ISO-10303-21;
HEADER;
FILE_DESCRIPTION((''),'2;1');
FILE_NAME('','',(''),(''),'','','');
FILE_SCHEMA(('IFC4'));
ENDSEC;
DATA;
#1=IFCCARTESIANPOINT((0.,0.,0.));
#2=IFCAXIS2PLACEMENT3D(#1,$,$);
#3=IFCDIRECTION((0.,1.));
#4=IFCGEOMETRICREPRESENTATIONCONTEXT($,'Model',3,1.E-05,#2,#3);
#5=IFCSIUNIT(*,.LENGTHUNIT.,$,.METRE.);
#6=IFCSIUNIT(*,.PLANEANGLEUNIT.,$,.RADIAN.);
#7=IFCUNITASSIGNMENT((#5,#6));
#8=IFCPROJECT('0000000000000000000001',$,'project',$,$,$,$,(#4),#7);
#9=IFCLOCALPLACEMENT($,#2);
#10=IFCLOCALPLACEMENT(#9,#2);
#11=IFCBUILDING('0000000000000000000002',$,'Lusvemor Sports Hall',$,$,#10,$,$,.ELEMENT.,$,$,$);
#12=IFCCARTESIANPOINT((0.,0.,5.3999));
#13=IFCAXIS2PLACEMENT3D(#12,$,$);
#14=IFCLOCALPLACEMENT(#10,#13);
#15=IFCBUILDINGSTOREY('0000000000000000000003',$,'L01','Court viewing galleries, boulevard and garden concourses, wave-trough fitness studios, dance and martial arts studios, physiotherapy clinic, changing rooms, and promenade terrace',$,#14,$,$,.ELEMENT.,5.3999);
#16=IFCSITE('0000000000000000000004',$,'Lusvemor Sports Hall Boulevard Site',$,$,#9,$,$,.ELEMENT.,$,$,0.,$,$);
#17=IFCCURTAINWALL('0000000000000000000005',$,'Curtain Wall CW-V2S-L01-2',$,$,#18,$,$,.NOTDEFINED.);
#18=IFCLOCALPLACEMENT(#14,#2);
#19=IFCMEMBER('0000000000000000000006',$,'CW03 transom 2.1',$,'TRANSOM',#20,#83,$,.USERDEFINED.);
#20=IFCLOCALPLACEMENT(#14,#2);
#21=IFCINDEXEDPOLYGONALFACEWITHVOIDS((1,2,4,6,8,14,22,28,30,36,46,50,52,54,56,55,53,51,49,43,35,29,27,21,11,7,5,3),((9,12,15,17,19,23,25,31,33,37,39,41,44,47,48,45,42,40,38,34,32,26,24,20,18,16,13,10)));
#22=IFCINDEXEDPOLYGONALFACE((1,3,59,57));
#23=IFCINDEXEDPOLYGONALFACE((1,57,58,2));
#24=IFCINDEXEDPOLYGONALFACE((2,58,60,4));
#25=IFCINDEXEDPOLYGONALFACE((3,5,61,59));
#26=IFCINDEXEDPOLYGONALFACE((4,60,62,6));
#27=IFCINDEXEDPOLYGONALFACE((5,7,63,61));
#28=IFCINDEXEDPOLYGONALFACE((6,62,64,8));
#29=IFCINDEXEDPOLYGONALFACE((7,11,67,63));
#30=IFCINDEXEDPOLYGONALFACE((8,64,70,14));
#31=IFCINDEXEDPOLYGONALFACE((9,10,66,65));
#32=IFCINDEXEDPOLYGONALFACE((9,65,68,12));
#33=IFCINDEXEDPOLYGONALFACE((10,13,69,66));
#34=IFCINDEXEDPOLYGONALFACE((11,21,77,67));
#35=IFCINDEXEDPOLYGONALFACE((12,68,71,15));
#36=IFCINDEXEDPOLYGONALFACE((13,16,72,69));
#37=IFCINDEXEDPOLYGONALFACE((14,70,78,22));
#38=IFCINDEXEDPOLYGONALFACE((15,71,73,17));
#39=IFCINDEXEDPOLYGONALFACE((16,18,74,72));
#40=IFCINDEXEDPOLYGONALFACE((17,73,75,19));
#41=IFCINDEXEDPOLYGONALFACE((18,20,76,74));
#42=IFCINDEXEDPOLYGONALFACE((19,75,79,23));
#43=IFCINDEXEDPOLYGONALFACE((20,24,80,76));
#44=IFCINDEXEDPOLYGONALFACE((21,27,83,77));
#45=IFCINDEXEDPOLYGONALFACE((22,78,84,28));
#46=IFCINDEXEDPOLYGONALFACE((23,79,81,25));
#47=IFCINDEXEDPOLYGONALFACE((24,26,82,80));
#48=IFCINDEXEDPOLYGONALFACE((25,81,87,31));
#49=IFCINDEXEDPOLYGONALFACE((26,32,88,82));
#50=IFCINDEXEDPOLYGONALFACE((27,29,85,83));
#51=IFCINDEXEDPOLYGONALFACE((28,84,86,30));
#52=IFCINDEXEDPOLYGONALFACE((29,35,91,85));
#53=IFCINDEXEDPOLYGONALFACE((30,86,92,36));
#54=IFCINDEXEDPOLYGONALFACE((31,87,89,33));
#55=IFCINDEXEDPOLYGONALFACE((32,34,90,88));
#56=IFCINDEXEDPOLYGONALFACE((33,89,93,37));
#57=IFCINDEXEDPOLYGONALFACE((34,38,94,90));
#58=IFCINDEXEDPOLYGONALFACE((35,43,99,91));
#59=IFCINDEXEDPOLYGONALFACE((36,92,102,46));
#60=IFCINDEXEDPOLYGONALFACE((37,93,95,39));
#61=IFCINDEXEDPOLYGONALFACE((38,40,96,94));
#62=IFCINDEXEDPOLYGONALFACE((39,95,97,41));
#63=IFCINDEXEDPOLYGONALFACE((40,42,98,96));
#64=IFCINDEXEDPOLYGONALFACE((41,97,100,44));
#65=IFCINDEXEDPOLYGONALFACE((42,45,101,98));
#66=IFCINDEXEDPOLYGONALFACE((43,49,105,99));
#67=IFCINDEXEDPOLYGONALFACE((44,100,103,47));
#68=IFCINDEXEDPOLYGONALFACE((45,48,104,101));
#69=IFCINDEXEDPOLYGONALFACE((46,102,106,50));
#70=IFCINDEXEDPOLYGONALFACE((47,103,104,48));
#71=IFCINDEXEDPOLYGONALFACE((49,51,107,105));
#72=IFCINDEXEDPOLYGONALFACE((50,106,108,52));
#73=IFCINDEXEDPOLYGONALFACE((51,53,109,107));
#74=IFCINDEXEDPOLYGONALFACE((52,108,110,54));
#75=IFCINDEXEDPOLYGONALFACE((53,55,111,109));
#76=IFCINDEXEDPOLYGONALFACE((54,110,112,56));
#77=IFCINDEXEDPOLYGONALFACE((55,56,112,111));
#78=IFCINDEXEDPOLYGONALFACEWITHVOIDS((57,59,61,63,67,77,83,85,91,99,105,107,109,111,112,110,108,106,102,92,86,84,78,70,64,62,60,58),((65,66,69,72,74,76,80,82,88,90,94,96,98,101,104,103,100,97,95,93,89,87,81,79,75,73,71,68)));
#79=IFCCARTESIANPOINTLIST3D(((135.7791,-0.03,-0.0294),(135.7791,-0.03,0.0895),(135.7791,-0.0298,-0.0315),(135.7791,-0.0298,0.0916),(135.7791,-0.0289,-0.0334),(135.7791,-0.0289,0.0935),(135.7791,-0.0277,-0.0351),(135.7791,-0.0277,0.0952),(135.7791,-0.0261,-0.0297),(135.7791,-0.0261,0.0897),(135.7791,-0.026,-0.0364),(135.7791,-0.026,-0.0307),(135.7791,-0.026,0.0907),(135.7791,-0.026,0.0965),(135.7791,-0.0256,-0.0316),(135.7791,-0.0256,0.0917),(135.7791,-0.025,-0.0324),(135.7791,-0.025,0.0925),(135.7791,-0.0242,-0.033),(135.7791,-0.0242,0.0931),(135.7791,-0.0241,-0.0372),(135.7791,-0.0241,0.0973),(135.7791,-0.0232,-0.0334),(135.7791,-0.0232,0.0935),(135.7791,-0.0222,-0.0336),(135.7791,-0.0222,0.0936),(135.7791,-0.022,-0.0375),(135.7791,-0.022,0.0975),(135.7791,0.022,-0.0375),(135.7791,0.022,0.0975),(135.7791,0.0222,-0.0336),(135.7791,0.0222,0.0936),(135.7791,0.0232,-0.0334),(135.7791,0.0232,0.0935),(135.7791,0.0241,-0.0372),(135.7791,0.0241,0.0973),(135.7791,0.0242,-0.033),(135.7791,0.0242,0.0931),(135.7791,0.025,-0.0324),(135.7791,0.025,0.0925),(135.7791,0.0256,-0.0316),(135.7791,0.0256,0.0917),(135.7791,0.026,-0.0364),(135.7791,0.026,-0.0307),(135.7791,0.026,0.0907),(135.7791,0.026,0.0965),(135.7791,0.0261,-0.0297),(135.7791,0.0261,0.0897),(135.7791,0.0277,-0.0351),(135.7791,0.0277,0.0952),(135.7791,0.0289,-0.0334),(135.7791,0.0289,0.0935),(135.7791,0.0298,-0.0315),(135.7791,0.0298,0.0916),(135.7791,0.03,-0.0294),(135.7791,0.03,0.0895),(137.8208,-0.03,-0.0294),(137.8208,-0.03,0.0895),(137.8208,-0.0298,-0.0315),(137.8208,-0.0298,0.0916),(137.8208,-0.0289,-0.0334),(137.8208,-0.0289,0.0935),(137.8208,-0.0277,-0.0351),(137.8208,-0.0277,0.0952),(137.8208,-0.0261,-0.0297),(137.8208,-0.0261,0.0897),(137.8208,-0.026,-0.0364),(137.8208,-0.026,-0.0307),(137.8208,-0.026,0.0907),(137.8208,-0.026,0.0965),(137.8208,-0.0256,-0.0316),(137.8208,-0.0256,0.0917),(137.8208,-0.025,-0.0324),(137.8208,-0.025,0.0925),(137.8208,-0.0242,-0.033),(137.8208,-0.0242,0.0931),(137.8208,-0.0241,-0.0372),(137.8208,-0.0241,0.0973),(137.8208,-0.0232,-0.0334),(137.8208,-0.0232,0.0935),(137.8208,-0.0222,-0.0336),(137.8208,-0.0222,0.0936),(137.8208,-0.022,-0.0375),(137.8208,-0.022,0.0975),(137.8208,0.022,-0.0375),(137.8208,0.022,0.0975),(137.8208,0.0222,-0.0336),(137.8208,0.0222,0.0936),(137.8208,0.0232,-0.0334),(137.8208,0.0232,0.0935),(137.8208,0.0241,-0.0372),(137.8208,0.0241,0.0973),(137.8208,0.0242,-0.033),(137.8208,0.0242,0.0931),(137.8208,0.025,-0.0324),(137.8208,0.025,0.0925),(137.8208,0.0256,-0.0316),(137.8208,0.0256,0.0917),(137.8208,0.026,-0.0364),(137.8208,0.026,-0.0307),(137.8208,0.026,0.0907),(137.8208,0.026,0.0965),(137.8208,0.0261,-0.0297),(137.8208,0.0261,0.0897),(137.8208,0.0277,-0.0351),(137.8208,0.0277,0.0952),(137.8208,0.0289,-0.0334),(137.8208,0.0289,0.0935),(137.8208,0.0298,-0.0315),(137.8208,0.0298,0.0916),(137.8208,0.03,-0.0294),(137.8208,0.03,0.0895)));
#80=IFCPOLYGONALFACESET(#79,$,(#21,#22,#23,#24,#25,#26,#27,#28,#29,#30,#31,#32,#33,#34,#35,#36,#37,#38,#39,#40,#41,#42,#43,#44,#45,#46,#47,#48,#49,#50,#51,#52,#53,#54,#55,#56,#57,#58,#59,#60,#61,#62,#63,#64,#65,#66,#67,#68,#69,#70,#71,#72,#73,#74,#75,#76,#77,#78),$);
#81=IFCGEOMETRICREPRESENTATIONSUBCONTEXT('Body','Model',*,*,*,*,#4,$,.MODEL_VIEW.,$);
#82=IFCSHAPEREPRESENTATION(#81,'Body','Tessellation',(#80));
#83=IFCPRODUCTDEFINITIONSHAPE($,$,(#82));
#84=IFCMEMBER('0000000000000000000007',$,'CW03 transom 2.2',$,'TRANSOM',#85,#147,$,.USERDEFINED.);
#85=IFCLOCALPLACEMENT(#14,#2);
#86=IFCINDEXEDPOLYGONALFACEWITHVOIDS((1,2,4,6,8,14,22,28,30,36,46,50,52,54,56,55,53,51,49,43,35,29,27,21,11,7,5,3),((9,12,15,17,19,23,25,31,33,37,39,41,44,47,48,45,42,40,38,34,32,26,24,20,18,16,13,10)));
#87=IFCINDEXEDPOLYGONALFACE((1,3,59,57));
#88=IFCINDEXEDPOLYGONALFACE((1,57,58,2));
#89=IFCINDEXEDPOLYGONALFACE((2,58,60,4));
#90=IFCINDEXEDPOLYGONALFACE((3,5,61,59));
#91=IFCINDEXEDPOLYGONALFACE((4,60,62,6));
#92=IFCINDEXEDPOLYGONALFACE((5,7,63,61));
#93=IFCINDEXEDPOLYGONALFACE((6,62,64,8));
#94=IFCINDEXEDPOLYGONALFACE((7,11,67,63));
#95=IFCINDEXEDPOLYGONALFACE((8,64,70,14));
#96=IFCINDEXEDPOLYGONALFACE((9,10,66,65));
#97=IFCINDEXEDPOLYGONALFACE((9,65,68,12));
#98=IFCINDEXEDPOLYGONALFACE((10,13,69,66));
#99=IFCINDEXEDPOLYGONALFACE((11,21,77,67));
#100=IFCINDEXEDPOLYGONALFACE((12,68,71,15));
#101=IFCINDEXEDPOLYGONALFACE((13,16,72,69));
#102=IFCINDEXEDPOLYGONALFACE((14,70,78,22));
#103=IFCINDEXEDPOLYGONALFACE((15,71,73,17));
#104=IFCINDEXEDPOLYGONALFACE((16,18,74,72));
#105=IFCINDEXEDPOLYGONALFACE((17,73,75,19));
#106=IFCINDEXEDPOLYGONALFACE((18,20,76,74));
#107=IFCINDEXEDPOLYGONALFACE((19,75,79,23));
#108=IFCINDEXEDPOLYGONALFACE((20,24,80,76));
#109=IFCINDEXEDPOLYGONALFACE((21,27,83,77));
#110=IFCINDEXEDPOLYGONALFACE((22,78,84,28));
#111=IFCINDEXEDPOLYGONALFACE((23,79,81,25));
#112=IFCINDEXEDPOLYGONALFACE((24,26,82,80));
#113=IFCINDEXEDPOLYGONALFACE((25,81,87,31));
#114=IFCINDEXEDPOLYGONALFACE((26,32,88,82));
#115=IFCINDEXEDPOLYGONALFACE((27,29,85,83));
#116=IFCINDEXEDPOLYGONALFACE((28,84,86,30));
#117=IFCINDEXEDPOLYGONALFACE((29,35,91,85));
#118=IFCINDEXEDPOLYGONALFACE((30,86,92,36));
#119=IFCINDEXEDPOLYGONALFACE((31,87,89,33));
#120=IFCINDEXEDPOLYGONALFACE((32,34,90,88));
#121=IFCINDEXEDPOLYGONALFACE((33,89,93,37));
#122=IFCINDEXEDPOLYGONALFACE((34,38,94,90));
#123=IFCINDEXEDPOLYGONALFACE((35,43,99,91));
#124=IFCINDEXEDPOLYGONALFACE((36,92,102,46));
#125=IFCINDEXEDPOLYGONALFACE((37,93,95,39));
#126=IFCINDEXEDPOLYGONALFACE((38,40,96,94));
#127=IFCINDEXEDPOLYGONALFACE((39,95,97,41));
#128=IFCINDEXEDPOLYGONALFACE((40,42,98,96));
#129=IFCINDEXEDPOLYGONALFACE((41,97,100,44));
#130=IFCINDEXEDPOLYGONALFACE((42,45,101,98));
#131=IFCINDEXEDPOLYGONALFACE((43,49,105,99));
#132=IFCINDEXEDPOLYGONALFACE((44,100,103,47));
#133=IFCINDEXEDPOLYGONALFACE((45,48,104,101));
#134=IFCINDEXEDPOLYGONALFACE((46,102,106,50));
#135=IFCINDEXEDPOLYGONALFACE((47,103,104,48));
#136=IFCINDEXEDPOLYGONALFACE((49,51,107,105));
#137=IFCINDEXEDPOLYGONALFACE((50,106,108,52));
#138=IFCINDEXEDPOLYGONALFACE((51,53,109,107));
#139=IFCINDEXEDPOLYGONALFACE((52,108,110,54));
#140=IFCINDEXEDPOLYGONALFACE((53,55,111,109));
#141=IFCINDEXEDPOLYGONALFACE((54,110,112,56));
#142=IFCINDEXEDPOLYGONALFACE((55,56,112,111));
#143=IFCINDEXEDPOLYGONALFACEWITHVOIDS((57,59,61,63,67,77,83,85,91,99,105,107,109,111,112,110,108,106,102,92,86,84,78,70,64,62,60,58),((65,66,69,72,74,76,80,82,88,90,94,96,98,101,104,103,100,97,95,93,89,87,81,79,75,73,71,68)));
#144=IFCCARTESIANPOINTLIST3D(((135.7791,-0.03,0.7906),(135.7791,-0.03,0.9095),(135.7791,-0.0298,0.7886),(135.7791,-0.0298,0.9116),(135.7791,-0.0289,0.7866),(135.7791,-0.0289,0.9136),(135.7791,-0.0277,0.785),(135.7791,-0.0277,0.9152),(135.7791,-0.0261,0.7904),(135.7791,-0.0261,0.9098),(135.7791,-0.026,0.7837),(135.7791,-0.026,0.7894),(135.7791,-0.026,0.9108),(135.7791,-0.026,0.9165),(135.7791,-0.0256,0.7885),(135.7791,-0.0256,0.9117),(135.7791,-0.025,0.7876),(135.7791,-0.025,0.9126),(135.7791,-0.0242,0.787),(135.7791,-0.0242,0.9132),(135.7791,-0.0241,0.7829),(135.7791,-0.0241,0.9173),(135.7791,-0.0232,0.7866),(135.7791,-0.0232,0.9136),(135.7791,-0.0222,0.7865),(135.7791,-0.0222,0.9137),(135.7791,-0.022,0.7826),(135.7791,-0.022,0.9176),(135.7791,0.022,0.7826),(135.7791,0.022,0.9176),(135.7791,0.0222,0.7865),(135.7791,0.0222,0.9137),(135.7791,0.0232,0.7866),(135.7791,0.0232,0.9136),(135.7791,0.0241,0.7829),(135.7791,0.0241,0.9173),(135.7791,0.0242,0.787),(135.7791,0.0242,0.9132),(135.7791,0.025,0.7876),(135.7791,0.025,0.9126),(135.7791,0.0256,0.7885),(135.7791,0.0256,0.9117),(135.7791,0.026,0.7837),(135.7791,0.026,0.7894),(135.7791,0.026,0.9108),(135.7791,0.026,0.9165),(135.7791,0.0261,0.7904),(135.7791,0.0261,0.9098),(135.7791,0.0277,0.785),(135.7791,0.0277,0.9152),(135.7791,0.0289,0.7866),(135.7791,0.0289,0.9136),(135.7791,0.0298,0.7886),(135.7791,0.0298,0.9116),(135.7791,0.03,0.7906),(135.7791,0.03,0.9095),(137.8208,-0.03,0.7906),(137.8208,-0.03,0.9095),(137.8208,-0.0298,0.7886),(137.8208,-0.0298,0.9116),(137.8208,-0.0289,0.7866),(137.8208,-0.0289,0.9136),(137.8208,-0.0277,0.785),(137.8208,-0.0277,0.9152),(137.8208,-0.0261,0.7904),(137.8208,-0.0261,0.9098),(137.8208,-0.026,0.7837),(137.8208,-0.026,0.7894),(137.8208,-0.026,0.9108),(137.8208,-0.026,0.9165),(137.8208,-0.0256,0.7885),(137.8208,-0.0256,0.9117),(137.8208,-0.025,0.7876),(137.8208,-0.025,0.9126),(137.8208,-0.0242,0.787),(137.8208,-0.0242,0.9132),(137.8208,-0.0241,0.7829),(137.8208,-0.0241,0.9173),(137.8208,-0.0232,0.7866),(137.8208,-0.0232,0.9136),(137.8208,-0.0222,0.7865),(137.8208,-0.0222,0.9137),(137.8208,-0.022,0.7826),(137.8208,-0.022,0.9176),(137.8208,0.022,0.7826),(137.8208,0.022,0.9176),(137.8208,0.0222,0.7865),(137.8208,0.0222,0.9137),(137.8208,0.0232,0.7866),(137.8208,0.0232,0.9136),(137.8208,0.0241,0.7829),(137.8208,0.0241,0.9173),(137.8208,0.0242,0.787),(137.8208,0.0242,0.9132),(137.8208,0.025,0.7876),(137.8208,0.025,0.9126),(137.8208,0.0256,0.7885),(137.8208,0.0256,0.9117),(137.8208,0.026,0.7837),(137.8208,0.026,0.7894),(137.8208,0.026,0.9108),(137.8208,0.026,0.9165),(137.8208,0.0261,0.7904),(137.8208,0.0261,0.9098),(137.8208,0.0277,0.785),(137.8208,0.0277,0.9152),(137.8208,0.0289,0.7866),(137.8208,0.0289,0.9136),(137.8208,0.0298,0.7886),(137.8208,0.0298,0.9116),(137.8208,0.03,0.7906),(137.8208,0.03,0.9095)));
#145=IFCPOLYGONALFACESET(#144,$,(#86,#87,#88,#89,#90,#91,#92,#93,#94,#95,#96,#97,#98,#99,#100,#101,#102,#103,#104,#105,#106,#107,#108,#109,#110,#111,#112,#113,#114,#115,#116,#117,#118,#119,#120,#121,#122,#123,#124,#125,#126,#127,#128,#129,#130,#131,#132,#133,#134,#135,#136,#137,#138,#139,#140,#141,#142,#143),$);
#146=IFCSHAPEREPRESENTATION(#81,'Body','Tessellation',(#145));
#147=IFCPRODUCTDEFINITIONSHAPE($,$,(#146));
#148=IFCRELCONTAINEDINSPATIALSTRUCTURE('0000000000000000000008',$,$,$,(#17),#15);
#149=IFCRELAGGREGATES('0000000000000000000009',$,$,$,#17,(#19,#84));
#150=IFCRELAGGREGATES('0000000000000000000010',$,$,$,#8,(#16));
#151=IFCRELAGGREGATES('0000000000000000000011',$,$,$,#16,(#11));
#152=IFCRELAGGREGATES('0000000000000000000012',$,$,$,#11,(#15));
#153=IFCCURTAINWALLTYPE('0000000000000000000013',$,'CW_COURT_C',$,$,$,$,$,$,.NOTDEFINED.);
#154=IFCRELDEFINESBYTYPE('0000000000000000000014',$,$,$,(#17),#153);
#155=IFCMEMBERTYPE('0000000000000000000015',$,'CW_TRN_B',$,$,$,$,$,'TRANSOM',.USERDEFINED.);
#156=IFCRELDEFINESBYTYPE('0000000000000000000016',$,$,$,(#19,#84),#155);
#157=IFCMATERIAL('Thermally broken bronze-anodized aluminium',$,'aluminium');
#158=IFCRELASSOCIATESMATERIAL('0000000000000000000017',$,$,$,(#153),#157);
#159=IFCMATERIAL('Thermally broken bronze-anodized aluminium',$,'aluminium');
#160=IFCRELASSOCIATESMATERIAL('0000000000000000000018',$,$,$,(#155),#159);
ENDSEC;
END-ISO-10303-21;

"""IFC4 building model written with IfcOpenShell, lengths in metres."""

from ifc_helpers import new_model, si_unit, direction, frame, origin, origin_2d, place, context, subcontext, project, spatial, hollow_rectangle, extrude, material, material_profile, profile_set, type_object, element, aggregate, save


model = new_model("IFC4")

# Units and contexts
model_context = context("Model", 3, precision=1e-05, world=origin(), true_north=direction((0.0, 1.0)))
body_context = subcontext(model_context, "Body", "Model", "MODEL_VIEW")
ifc_project = project(units=[si_unit("LENGTHUNIT", "METRE"), si_unit("PLANEANGLEUNIT", "RADIAN")], contexts=[model_context])

# Site, building, storey
site_placement = place(None, origin())
site = spatial("IfcSite", under=ifc_project, at=site_placement, Name="Lusvemor Sports Hall Boulevard Site", CompositionType="ELEMENT", RefElevation=0.0)
building_placement = place(site_placement, origin())
building = spatial("IfcBuilding", under=site, at=building_placement, Name="Lusvemor Sports Hall", CompositionType="ELEMENT")
storey_placement = place(building_placement, frame((0.0, 0.0, 5.3999)))
storey = spatial("IfcBuildingStorey", under=building, at=storey_placement, Name="L01", Description="Court viewing galleries, boulevard and garden concourses, wave-trough fitness studios, dance and martial arts studios, physiotherapy clinic, changing rooms, and promenade terrace", CompositionType="ELEMENT", Elevation=5.3999)

# Curtain wall, members
ifc_material_1 = material(Name="Thermally broken bronze-anodized aluminium", Category="aluminium")
curtain_wall_type = type_object("IfcCurtainWallType", Name="CW_COURT_C", PredefinedType="NOTDEFINED", material=ifc_material_1)
curtain_wall_placement = place(storey_placement, origin())
curtain_wall = element("IfcCurtainWall", 1, at=curtain_wall_placement, inside=storey, type_object=curtain_wall_type, Name="Curtain Wall CW-V2S-L01-2", PredefinedType="NOTDEFINED")
ifc_material_2 = material(Name="Thermally broken bronze-anodized aluminium", Category="aluminium")
ifc_material_profile_1 = material_profile(ifc_material_2, hollow_rectangle(XDim=0.0601, YDim=0.135, WallThickness=0.0039, InnerFilletRadius=0.0039, OuterFilletRadius=0.0081, at=origin_2d()), Name="CWTRN135x60x4")
ifc_profile_set_1 = profile_set([ifc_material_profile_1], Name="Thermally broken bronze-anodized aluminium")
member_type_1 = type_object("IfcMemberType", Name="CW_TRN_B", ElementType="TRANSOM", PredefinedType="USERDEFINED", material=ifc_profile_set_1)
member_1_placement = place(storey_placement, frame((137.8208, 0.0, 0.03), z_axis=(-1.0, 0.0, 0.0), x_axis=(0.0, -1.0, 0.0)))
member_1 = element("IfcMember", 2, at=member_1_placement, type_object=member_type_1, Name="CW03 transom 2.1", ObjectType="TRANSOM", PredefinedType="USERDEFINED", context=body_context, shape_type="SweptSolid", body=[
    extrude(hollow_rectangle(XDim=0.0601, YDim=0.135, WallThickness=0.0039, InnerFilletRadius=0.0039, OuterFilletRadius=0.0081, at=origin_2d()), origin(), (0.0, 0.0, 1.0), 2.0417),
])
member_2_placement = place(storey_placement, frame((137.8208, 0.0, 0.8501), z_axis=(-1.0, 0.0, 0.0), x_axis=(0.0, -1.0, 0.0)))
member_2 = element("IfcMember", 3, at=member_2_placement, type_object=member_type_1, Name="CW03 transom 2.2", ObjectType="TRANSOM", PredefinedType="USERDEFINED", context=body_context, shape_type="SweptSolid", body=[
    extrude(hollow_rectangle(XDim=0.0601, YDim=0.135, WallThickness=0.0039, InnerFilletRadius=0.0039, OuterFilletRadius=0.0081, at=origin_2d()), origin(), (0.0, 0.0, 1.0), 2.0417),
])

aggregate(curtain_wall, [member_1, member_2])

save(model, "model.ifc")
